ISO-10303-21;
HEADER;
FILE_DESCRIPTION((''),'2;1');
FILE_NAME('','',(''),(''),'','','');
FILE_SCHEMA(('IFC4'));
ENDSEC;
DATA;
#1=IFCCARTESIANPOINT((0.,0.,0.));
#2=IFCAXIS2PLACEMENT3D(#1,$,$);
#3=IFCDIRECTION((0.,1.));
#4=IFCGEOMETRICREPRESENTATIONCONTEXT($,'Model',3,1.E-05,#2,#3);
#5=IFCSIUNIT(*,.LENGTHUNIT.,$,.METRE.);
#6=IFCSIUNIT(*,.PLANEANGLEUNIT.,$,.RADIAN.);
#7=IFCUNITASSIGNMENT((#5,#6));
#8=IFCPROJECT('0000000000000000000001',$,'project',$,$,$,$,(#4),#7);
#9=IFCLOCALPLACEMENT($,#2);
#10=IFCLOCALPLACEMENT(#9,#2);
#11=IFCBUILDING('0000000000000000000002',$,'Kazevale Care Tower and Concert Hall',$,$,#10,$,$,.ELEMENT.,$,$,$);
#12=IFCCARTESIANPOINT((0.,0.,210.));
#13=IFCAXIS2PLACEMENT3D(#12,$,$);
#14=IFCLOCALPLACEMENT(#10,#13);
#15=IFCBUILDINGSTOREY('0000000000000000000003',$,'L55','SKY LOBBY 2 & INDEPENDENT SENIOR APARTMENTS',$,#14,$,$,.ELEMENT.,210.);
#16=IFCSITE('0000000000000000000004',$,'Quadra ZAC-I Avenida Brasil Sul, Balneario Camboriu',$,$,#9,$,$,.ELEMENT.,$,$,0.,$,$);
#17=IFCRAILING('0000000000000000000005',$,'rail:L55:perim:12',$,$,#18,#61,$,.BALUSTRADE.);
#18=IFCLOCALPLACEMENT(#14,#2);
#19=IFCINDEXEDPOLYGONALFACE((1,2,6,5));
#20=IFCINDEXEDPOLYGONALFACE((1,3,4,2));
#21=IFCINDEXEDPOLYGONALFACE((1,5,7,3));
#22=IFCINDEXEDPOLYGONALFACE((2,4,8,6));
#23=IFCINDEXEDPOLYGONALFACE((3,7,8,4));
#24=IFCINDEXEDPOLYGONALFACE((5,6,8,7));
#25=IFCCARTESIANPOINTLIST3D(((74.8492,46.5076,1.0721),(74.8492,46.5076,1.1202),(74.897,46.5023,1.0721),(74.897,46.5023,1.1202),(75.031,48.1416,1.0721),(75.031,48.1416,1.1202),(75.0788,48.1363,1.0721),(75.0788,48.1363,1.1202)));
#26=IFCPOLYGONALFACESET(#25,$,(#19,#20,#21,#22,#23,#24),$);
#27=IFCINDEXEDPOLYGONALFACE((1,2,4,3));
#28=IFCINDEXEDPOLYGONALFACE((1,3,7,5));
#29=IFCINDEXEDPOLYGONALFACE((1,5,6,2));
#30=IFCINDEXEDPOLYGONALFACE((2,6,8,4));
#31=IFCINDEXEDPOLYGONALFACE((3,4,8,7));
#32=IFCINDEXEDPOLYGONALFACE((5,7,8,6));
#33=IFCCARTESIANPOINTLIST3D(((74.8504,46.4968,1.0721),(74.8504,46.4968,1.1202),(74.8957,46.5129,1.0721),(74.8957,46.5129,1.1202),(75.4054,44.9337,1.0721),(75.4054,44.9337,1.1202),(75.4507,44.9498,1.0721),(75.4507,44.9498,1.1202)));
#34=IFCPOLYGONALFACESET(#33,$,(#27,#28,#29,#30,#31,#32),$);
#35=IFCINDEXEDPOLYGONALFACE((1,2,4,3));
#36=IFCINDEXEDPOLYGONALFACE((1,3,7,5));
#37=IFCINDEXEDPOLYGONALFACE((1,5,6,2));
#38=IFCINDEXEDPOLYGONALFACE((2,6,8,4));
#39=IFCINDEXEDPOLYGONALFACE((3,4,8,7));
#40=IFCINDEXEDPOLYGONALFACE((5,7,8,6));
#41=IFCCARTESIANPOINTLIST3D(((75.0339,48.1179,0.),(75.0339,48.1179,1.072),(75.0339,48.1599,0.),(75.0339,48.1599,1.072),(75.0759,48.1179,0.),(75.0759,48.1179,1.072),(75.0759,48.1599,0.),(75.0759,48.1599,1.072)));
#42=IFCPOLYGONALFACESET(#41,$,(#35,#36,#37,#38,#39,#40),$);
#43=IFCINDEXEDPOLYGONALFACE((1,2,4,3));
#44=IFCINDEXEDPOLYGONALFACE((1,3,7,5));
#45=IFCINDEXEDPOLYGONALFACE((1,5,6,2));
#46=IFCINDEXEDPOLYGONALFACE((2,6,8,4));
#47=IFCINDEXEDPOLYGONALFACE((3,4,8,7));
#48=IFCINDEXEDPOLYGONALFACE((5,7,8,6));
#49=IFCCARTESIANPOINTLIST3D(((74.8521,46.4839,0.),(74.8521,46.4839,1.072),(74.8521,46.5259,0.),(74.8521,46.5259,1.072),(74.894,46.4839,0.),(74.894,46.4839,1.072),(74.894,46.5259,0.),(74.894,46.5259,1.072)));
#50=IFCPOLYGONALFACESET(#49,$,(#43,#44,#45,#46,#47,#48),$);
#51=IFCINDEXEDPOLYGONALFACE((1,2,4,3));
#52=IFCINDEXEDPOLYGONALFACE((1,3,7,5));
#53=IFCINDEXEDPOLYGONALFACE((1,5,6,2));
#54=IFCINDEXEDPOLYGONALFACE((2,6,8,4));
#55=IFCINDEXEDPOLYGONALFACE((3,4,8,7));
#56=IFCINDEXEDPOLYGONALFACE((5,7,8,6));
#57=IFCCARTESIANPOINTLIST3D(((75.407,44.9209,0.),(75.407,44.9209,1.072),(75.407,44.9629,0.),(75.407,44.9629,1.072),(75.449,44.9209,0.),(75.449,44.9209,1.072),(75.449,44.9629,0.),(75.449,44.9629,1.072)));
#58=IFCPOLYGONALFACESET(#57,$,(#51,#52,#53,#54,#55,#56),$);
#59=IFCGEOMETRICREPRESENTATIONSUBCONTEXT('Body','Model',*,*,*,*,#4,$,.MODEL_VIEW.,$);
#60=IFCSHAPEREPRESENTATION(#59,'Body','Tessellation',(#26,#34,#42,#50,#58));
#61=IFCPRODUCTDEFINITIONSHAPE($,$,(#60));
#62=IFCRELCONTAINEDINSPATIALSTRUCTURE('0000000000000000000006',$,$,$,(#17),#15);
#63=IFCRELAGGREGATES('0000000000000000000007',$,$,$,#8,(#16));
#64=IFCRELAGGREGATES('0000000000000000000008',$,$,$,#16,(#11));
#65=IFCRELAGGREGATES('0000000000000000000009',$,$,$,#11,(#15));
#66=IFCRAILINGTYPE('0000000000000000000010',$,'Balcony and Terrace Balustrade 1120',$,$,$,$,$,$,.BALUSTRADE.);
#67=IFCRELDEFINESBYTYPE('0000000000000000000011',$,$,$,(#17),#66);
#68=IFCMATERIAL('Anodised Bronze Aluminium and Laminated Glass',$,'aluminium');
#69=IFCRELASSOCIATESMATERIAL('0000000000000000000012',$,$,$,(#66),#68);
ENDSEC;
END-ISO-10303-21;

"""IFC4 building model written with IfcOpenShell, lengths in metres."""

from ifc_helpers import new_model, si_unit, direction, frame, origin, origin_2d, place, context, subcontext, project, spatial, rectangle, extrude, material, type_object, element, save


model = new_model("IFC4")

# Units and contexts
model_context = context("Model", 3, precision=1e-05, world=origin(), true_north=direction((0.0, 1.0)))
body_context = subcontext(model_context, "Body", "Model", "MODEL_VIEW")
ifc_project = project(units=[si_unit("LENGTHUNIT", "METRE"), si_unit("PLANEANGLEUNIT", "RADIAN")], contexts=[model_context])

# Site, building, storey
site_placement = place(None, origin())
site = spatial("IfcSite", under=ifc_project, at=site_placement, Name="Quadra ZAC-I Avenida Brasil Sul, Balneario Camboriu", CompositionType="ELEMENT", RefElevation=0.0)
building_placement = place(site_placement, origin())
building = spatial("IfcBuilding", under=site, at=building_placement, Name="Kazevale Care Tower and Concert Hall", CompositionType="ELEMENT")
storey_placement = place(building_placement, frame((0.0, 0.0, 210.0)))
storey = spatial("IfcBuildingStorey", under=building, at=storey_placement, Name="L55", Description="SKY LOBBY 2 & INDEPENDENT SENIOR APARTMENTS", CompositionType="ELEMENT", Elevation=210.0)

# Railing
ifc_material_1 = material(Name="Anodised Bronze Aluminium and Laminated Glass", Category="aluminium")
railing_type = type_object("IfcRailingType", Name="Balcony and Terrace Balustrade 1120", PredefinedType="BALUSTRADE", material=ifc_material_1)
railing_1_placement = place(storey_placement, frame((75.0549, 48.1389, 0.0)))
element("IfcRailing", 1, at=railing_1_placement, inside=storey, type_object=railing_type, Name="rail:L55:perim:12", PredefinedType="BALUSTRADE", context=body_context, shape_type="SweptSolid", body=[
    extrude(rectangle(XDim=0.0481, YDim=0.0481, at=origin_2d()), frame((0.0, 0.0, 1.0962), z_axis=(-0.110627, -0.993862, 0.0), x_axis=(0.993862, -0.110627, 0.0)), (0.0, 0.0, 1.0), 1.644),
    extrude(rectangle(XDim=0.0481, YDim=0.0481, at=origin_2d()), frame((-0.1819, -1.634, 1.0962), z_axis=(0.334583, -0.942366, 0.0), x_axis=(0.942366, 0.334583, 0.0)), (0.0, 0.0, 1.0), 1.6587),
    extrude(rectangle(XDim=0.042, YDim=0.042, at=origin_2d()), origin(), (0.0, 0.0, 1.0), 1.072),
    extrude(rectangle(XDim=0.042, YDim=0.042, at=origin_2d()), frame((-0.1819, -1.634, 0.0)), (0.0, 0.0, 1.0), 1.072),
    extrude(rectangle(XDim=0.042, YDim=0.042, at=origin_2d()), frame((0.373, -3.197, 0.0)), (0.0, 0.0, 1.0), 1.072),
])

save(model, "model.ifc")
